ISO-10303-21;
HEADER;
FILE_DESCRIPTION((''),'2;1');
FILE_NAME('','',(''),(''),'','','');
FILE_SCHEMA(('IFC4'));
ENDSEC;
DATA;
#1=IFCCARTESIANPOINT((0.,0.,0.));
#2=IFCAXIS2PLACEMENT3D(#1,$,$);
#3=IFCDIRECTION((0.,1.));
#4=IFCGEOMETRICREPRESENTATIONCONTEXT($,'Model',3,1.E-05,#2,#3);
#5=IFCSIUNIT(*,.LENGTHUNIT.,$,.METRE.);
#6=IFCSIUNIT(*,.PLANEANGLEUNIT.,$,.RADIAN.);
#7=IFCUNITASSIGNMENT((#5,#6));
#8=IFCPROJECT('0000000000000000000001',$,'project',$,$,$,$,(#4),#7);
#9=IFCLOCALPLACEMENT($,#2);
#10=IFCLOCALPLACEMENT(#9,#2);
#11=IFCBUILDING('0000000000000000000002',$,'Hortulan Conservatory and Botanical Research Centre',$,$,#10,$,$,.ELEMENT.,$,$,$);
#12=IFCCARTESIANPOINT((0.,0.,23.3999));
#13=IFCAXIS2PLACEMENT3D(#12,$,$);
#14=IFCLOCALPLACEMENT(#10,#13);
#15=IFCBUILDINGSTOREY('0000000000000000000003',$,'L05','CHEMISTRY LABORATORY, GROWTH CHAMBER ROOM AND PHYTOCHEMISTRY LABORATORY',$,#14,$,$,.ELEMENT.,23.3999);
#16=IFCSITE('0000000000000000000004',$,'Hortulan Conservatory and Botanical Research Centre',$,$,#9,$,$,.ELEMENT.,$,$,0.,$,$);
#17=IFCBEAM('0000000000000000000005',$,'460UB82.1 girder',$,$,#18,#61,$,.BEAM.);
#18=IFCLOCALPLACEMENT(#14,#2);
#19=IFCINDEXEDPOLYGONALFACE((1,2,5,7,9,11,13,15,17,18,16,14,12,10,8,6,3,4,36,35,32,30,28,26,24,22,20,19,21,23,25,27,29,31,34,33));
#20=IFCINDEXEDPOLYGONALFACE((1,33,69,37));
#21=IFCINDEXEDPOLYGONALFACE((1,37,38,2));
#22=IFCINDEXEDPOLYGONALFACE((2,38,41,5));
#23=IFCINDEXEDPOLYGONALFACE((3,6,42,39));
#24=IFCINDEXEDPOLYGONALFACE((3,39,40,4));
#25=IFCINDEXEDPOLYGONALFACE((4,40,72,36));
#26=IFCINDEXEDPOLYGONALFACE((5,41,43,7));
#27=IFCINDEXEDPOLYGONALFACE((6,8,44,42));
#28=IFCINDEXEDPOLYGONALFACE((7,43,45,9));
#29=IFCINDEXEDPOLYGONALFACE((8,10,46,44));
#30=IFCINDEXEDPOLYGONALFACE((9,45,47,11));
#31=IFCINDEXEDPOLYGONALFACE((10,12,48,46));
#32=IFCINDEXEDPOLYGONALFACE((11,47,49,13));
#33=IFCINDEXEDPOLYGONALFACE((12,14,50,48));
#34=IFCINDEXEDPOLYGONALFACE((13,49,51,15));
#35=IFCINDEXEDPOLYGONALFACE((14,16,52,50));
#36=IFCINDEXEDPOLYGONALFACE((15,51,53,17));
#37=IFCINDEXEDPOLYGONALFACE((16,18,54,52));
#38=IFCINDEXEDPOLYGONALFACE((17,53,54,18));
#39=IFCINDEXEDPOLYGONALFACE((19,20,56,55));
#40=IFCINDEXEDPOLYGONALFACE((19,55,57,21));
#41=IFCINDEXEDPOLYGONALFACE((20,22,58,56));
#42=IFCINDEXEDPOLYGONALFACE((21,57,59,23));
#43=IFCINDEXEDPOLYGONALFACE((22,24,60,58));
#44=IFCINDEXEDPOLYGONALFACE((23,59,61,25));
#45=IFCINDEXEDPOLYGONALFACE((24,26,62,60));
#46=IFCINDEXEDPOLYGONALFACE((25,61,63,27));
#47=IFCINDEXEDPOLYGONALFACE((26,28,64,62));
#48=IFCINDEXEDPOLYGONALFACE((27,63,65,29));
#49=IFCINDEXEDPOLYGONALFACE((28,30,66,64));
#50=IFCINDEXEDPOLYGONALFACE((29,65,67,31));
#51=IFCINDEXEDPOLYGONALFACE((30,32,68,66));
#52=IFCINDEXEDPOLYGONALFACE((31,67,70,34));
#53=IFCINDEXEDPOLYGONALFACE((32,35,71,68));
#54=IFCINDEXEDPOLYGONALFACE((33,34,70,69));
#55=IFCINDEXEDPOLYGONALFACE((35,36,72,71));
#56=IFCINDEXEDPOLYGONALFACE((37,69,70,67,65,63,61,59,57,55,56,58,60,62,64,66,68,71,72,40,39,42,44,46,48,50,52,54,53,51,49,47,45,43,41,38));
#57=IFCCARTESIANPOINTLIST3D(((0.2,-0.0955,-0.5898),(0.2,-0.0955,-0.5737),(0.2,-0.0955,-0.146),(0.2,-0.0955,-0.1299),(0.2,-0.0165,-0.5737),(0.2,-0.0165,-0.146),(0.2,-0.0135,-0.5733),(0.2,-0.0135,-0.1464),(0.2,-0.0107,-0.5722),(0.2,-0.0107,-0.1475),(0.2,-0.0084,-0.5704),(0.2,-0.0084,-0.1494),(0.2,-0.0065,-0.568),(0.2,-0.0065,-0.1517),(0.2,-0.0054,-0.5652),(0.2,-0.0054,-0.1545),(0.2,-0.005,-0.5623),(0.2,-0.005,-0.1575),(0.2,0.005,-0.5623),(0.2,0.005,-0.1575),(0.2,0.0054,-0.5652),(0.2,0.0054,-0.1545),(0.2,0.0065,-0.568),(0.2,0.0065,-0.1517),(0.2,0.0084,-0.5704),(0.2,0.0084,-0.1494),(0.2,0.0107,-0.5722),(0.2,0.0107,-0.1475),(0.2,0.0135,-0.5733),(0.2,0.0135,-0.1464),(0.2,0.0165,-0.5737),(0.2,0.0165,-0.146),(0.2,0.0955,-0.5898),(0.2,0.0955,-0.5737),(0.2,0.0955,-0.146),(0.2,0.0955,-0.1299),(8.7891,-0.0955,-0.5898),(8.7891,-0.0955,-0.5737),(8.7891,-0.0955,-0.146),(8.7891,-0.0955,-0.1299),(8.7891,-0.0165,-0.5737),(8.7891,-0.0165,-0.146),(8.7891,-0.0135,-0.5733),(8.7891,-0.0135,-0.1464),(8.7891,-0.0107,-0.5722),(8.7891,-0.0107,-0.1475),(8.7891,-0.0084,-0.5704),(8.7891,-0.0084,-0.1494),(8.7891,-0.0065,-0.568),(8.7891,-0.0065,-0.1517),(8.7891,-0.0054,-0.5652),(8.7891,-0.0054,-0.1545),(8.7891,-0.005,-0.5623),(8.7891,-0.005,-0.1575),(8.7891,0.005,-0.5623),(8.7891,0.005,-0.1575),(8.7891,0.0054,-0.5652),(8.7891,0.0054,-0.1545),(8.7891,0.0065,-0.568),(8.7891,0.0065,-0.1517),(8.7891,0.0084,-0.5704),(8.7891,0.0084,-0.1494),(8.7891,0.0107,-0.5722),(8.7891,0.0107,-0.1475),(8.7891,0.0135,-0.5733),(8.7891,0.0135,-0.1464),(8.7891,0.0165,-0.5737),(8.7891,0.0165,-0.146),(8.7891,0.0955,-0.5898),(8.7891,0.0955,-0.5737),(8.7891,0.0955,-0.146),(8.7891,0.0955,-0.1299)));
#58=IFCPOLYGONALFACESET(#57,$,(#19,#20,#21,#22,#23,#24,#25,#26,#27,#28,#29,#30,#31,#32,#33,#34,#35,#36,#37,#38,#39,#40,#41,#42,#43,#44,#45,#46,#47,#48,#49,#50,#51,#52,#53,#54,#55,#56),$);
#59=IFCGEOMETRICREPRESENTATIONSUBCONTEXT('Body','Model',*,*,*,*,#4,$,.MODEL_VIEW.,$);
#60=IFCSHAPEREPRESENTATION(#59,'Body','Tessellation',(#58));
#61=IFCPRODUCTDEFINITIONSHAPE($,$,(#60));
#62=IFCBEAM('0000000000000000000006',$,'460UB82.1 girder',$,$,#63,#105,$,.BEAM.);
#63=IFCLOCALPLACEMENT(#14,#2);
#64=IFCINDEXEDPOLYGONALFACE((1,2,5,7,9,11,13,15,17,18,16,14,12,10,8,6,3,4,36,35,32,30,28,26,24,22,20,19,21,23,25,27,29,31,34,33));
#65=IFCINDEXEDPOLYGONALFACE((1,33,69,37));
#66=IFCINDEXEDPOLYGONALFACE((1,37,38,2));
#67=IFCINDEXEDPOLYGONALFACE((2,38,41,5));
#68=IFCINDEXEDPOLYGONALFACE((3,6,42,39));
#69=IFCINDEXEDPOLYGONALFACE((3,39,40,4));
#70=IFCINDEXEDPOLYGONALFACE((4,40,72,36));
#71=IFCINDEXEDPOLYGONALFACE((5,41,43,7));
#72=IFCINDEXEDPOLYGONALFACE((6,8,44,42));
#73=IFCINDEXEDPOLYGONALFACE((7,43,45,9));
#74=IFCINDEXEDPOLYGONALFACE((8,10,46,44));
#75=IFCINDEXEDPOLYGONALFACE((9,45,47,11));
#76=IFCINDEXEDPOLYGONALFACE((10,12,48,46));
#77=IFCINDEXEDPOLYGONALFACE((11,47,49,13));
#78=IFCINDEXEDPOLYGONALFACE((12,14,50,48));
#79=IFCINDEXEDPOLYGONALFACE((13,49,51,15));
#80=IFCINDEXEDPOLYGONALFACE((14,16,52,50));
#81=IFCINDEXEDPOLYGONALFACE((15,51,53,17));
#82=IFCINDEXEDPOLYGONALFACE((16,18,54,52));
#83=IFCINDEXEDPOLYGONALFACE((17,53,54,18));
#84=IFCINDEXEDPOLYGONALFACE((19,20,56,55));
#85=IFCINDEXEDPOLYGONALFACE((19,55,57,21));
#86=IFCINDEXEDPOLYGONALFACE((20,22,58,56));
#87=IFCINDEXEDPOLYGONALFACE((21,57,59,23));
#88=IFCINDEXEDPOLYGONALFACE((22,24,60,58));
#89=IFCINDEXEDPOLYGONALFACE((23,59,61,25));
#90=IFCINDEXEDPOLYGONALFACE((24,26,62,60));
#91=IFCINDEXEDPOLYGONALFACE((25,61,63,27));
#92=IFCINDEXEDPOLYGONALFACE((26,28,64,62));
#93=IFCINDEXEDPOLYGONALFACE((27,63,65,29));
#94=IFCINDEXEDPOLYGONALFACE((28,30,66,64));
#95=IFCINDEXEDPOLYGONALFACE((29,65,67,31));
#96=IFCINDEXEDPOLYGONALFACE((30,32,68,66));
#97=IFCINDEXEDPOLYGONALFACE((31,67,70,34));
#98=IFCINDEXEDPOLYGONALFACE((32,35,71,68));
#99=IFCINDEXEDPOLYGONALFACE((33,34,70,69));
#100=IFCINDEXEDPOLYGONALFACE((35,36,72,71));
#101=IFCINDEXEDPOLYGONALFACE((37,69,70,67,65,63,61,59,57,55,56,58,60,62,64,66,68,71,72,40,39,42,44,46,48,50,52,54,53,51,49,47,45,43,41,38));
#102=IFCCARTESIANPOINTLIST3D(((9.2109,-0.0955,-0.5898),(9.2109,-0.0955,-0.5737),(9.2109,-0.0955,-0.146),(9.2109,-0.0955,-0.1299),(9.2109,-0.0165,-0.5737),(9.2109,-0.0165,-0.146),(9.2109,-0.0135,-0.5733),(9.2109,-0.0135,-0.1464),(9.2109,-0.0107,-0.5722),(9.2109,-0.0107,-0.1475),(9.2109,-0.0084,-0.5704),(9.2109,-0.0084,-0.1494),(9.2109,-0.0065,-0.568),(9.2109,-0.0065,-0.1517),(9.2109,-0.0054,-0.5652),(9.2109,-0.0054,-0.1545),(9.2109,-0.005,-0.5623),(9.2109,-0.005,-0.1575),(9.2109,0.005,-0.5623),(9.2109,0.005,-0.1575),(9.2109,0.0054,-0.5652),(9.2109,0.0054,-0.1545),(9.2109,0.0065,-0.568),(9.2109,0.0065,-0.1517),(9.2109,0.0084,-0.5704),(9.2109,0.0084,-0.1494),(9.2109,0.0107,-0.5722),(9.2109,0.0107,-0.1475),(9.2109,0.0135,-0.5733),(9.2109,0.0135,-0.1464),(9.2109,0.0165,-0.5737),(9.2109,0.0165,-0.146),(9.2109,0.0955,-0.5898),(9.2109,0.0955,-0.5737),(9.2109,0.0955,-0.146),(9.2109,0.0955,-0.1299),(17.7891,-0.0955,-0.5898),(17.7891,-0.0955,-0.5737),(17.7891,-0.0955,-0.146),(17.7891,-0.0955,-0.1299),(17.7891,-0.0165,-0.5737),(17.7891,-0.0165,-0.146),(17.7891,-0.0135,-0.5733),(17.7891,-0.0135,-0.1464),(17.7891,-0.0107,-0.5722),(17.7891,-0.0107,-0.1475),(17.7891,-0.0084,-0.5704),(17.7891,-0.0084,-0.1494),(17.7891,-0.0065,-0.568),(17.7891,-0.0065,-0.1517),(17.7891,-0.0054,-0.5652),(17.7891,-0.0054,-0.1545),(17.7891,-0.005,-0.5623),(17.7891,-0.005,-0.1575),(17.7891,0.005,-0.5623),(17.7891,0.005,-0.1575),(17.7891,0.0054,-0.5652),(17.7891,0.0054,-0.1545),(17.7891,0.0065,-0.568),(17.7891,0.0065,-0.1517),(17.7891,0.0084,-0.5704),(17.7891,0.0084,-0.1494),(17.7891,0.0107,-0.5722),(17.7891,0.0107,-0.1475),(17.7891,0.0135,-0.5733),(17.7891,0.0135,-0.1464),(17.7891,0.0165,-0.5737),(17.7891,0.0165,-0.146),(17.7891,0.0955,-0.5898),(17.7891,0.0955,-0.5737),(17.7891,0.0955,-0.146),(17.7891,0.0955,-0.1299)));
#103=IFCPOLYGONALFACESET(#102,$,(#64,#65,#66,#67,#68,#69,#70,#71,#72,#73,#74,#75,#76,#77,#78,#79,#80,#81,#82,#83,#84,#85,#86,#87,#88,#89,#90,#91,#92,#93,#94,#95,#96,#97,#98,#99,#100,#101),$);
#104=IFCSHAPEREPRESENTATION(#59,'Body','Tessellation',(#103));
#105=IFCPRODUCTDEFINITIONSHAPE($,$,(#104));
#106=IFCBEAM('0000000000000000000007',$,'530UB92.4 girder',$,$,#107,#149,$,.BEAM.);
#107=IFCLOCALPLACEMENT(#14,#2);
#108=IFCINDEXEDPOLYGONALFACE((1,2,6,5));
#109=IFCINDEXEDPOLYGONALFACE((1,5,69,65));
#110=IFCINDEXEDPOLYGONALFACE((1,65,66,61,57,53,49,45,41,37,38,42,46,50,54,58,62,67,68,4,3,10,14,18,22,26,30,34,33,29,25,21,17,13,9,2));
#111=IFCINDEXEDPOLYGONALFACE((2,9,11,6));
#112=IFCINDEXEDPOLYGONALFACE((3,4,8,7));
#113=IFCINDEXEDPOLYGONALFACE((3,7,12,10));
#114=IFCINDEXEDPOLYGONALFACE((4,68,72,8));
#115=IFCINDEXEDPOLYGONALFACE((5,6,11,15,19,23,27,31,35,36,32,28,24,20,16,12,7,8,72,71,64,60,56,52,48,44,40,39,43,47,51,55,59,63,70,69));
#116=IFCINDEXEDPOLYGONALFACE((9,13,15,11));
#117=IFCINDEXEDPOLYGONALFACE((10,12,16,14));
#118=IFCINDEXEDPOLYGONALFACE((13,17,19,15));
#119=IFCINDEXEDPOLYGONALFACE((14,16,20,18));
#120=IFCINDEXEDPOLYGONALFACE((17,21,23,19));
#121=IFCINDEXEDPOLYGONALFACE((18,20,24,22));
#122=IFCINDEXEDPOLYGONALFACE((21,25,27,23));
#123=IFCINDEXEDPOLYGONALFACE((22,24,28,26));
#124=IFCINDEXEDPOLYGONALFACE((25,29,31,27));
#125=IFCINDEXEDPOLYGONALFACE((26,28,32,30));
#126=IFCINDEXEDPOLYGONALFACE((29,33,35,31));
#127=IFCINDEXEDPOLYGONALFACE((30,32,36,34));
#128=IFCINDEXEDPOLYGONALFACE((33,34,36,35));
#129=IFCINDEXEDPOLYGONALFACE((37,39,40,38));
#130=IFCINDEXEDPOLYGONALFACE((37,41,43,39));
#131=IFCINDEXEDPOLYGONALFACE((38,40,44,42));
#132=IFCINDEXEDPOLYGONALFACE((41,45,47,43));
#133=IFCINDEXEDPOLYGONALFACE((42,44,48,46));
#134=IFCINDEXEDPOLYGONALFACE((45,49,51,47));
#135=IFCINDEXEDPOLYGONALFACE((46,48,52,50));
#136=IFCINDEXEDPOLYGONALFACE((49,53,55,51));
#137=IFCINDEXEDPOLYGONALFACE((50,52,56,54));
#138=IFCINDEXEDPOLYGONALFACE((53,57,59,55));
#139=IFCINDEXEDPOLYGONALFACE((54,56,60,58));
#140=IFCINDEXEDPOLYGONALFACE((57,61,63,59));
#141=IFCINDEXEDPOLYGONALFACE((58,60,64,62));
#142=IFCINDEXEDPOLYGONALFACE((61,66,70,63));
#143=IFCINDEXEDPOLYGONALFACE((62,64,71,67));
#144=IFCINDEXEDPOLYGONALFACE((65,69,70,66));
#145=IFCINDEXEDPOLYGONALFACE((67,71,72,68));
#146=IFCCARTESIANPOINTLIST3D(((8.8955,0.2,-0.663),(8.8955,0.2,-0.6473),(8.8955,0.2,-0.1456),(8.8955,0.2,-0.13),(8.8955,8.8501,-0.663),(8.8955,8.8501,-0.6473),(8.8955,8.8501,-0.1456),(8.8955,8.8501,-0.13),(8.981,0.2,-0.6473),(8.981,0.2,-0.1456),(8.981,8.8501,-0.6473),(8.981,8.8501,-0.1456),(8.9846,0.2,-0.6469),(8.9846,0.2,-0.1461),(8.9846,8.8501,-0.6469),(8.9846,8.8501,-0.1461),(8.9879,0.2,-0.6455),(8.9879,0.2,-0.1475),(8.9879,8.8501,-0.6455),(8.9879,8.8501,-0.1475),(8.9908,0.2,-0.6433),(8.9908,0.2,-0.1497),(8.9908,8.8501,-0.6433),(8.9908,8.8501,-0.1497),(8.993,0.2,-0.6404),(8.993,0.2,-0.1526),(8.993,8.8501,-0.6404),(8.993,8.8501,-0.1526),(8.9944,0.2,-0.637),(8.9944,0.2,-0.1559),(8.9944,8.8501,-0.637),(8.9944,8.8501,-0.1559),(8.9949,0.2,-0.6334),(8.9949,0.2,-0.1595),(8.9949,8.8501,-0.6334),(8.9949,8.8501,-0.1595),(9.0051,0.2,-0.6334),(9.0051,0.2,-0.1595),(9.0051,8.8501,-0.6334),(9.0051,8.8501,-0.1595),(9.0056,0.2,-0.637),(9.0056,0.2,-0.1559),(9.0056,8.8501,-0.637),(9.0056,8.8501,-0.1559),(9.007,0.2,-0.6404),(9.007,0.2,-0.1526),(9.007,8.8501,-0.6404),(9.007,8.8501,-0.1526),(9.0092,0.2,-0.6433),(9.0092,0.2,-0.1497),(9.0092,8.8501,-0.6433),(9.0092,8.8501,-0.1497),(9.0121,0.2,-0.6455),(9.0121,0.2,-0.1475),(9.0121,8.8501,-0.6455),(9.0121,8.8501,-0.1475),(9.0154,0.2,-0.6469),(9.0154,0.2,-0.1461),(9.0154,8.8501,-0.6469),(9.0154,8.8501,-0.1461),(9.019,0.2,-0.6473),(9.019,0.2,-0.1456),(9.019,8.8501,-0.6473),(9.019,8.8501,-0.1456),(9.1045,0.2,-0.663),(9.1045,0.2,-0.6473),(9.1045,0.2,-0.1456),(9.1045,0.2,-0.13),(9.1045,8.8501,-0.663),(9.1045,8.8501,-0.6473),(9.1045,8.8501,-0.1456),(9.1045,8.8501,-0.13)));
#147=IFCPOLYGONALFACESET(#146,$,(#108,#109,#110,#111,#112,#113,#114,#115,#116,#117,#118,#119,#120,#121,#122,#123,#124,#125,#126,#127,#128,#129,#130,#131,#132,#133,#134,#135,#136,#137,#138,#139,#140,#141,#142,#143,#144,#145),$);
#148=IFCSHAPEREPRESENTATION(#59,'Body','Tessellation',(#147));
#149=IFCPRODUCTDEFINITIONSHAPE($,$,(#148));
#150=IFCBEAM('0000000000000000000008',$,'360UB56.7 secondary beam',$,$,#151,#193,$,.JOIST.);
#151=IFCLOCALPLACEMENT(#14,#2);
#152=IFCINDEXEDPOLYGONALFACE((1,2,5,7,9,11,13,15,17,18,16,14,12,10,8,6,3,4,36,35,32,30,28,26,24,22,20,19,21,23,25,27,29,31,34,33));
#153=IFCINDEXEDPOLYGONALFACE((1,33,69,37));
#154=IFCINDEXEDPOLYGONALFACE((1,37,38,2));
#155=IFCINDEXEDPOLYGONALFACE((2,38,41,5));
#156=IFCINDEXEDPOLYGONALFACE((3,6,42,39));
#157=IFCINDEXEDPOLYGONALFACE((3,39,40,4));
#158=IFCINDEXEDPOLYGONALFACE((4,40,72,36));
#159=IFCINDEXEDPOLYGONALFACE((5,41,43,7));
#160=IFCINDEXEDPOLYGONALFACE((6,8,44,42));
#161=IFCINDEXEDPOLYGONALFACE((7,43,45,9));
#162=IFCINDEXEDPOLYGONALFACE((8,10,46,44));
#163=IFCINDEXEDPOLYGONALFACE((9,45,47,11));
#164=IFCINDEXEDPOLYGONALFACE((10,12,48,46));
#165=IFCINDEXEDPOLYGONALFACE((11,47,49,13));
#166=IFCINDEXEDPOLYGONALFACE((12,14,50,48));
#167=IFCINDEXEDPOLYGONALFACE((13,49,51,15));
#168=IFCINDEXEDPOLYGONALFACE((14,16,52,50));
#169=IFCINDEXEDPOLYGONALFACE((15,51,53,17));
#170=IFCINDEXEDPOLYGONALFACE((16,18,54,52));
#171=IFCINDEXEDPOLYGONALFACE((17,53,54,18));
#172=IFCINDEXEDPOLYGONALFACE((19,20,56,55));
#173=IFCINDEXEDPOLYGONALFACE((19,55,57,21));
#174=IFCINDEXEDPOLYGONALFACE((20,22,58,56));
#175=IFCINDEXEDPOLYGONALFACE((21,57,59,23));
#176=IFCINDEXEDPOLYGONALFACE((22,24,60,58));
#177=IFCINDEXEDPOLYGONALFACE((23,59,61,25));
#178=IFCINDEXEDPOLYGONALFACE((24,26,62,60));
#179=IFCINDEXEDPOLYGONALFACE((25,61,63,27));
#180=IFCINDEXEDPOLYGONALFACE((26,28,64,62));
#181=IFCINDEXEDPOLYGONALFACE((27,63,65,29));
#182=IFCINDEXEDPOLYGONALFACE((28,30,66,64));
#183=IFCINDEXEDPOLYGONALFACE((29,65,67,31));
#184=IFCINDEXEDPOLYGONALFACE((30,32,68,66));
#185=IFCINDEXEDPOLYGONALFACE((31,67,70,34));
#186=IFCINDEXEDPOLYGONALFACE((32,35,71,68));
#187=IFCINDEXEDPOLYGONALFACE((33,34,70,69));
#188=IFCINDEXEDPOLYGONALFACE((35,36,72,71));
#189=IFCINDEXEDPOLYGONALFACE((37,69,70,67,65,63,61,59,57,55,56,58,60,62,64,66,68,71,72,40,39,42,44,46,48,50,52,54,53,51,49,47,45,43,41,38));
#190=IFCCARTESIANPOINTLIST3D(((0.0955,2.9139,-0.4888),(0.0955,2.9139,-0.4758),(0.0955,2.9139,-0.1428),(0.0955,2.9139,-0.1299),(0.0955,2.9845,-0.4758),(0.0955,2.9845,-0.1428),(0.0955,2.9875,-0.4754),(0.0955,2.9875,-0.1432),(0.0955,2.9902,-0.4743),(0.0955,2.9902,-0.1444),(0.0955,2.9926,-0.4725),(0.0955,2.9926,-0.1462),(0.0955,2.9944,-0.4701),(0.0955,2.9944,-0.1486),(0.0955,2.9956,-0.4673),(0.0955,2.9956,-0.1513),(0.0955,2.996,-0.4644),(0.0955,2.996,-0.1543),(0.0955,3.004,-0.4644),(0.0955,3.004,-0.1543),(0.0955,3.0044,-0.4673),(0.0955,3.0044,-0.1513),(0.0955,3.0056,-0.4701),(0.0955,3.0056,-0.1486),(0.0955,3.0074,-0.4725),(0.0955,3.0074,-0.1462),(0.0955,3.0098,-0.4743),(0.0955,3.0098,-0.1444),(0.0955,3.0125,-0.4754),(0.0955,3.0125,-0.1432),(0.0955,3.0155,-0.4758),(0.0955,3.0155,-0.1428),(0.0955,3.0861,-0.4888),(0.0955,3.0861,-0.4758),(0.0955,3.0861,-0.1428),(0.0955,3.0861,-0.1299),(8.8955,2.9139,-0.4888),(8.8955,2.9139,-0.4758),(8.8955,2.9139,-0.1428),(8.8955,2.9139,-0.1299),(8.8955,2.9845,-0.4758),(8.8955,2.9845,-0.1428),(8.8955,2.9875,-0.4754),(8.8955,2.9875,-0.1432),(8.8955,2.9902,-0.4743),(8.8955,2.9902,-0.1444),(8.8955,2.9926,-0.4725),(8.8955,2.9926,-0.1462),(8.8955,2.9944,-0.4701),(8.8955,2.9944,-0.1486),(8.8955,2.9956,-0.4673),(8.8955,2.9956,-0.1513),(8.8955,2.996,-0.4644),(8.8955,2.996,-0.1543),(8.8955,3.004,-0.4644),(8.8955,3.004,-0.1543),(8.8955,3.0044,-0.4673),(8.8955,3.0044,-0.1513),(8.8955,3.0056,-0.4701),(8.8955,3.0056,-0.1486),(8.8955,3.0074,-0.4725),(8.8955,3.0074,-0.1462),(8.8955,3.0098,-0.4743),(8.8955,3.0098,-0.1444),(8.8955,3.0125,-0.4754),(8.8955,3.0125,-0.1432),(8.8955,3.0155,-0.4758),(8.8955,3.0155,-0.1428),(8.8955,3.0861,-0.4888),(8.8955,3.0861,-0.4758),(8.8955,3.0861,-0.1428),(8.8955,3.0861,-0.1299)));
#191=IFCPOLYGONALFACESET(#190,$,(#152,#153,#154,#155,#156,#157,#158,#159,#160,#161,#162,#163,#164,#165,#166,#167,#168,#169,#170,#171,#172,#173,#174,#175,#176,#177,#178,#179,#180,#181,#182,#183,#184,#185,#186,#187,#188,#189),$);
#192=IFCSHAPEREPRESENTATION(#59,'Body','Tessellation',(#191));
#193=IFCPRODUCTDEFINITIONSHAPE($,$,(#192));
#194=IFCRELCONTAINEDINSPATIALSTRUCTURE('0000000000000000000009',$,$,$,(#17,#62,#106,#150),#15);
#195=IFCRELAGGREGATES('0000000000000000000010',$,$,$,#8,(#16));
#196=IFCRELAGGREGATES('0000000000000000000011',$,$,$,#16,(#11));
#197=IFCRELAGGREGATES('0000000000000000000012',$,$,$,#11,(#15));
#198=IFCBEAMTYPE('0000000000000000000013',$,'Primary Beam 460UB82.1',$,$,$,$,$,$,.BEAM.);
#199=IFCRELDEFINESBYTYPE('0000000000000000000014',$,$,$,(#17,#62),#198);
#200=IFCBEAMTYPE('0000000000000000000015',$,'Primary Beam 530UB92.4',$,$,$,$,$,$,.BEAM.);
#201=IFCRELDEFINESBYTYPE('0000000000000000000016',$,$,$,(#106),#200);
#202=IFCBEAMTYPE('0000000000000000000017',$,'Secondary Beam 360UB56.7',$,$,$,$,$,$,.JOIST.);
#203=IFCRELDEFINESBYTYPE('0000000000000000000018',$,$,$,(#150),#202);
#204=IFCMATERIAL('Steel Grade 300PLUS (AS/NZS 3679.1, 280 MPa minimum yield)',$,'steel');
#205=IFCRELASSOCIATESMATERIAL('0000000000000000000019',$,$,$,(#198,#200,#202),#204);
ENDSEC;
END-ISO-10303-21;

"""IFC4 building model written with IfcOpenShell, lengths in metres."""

from ifc_helpers import new_model, si_unit, direction, frame, origin, origin_2d, place, context, subcontext, project, spatial, i_section, extrude, material, material_profile, profile_set, type_object, element, save


model = new_model("IFC4")

# Units and contexts
model_context = context("Model", 3, precision=1e-05, world=origin(), true_north=direction((0.0, 1.0)))
body_context = subcontext(model_context, "Body", "Model", "MODEL_VIEW")
ifc_project = project(units=[si_unit("LENGTHUNIT", "METRE"), si_unit("PLANEANGLEUNIT", "RADIAN")], contexts=[model_context])

# Site, building, storey
site_placement = place(None, origin())
site = spatial("IfcSite", under=ifc_project, at=site_placement, Name="Hortulan Conservatory and Botanical Research Centre", CompositionType="ELEMENT", RefElevation=0.0)
building_placement = place(site_placement, origin())
building = spatial("IfcBuilding", under=site, at=building_placement, Name="Hortulan Conservatory and Botanical Research Centre", CompositionType="ELEMENT")
storey_placement = place(building_placement, frame((0.0, 0.0, 23.3999)))
storey = spatial("IfcBuildingStorey", under=building, at=storey_placement, Name="L05", Description="CHEMISTRY LABORATORY, GROWTH CHAMBER ROOM AND PHYTOCHEMISTRY LABORATORY", CompositionType="ELEMENT", Elevation=23.3999)

# Shared definitions
ifc_material_1 = material(Name="Steel Grade 300PLUS (AS/NZS 3679.1, 280 MPa minimum yield)", Category="steel")

# Beams
ifc_material_profile_1 = material_profile(ifc_material_1, i_section(OverallWidth=0.1909, OverallDepth=0.46, WebThickness=0.01, FlangeThickness=0.0161, FilletRadius=0.0115, at=origin_2d()), Name="460UB82.1")
ifc_profile_set_1 = profile_set([ifc_material_profile_1], Name="Steel Grade 300PLUS (AS/NZS 3679.1, 280 MPa minimum yield)")
beam_type_1 = type_object("IfcBeamType", Name="Primary Beam 460UB82.1", PredefinedType="BEAM", material=ifc_profile_set_1)
beam_1_placement = place(storey_placement, frame((0.2, 0.0, -0.3599), z_axis=(1.0, 0.0, 0.0), x_axis=(0.0, 1.0, 0.0)))
element("IfcBeam", 1, at=beam_1_placement, inside=storey, type_object=beam_type_1, Name="460UB82.1 girder", PredefinedType="BEAM", context=body_context, shape_type="SweptSolid", body=[
    extrude(i_section(OverallWidth=0.1909, OverallDepth=0.46, WebThickness=0.01, FlangeThickness=0.0161, FilletRadius=0.0115, at=origin_2d()), origin(), (0.0, 0.0, 1.0), 8.5891),
])
beam_2_placement = place(storey_placement, frame((9.2109, 0.0, -0.3599), z_axis=(1.0, 0.0, 0.0), x_axis=(0.0, 1.0, 0.0)))
element("IfcBeam", 2, at=beam_2_placement, inside=storey, type_object=beam_type_1, Name="460UB82.1 girder", PredefinedType="BEAM", context=body_context, shape_type="SweptSolid", body=[
    extrude(i_section(OverallWidth=0.1909, OverallDepth=0.46, WebThickness=0.01, FlangeThickness=0.0161, FilletRadius=0.0115, at=origin_2d()), origin(), (0.0, 0.0, 1.0), 8.5781),
])
ifc_material_profile_2 = material_profile(ifc_material_1, i_section(OverallWidth=0.209, OverallDepth=0.533, WebThickness=0.0103, FlangeThickness=0.0156, FilletRadius=0.0139, at=origin_2d()), Name="530UB92.4")
ifc_profile_set_2 = profile_set([ifc_material_profile_2], Name="Steel Grade 300PLUS (AS/NZS 3679.1, 280 MPa minimum yield)")
beam_type_2 = type_object("IfcBeamType", Name="Primary Beam 530UB92.4", PredefinedType="BEAM", material=ifc_profile_set_2)
beam_3_placement = place(storey_placement, frame((9.0, 0.2, -0.3965), z_axis=(0.0, 1.0, 0.0), x_axis=(-1.0, 0.0, 0.0)))
element("IfcBeam", 3, at=beam_3_placement, inside=storey, type_object=beam_type_2, Name="530UB92.4 girder", PredefinedType="BEAM", context=body_context, shape_type="SweptSolid", body=[
    extrude(i_section(OverallWidth=0.209, OverallDepth=0.533, WebThickness=0.0103, FlangeThickness=0.0156, FilletRadius=0.0139, at=origin_2d()), origin(), (0.0, 0.0, 1.0), 8.6501),
])
ifc_material_profile_3 = material_profile(ifc_material_1, i_section(OverallWidth=0.1721, OverallDepth=0.3589, WebThickness=0.0081, FlangeThickness=0.0129, FilletRadius=0.0115, at=origin_2d()), Name="360UB56.7")
ifc_profile_set_3 = profile_set([ifc_material_profile_3], Name="Steel Grade 300PLUS (AS/NZS 3679.1, 280 MPa minimum yield)")
beam_type_3 = type_object("IfcBeamType", Name="Secondary Beam 360UB56.7", PredefinedType="JOIST", material=ifc_profile_set_3)
beam_4_placement = place(storey_placement, frame((0.0955, 3.0, -0.3093), z_axis=(1.0, 0.0, 0.0), x_axis=(0.0, 1.0, 0.0)))
element("IfcBeam", 4, at=beam_4_placement, inside=storey, type_object=beam_type_3, Name="360UB56.7 secondary beam", PredefinedType="JOIST", context=body_context, shape_type="SweptSolid", body=[
    extrude(i_section(OverallWidth=0.1721, OverallDepth=0.3589, WebThickness=0.0081, FlangeThickness=0.0129, FilletRadius=0.0115, at=origin_2d()), origin(), (0.0, 0.0, 1.0), 8.8),
])

save(model, "model.ifc")
